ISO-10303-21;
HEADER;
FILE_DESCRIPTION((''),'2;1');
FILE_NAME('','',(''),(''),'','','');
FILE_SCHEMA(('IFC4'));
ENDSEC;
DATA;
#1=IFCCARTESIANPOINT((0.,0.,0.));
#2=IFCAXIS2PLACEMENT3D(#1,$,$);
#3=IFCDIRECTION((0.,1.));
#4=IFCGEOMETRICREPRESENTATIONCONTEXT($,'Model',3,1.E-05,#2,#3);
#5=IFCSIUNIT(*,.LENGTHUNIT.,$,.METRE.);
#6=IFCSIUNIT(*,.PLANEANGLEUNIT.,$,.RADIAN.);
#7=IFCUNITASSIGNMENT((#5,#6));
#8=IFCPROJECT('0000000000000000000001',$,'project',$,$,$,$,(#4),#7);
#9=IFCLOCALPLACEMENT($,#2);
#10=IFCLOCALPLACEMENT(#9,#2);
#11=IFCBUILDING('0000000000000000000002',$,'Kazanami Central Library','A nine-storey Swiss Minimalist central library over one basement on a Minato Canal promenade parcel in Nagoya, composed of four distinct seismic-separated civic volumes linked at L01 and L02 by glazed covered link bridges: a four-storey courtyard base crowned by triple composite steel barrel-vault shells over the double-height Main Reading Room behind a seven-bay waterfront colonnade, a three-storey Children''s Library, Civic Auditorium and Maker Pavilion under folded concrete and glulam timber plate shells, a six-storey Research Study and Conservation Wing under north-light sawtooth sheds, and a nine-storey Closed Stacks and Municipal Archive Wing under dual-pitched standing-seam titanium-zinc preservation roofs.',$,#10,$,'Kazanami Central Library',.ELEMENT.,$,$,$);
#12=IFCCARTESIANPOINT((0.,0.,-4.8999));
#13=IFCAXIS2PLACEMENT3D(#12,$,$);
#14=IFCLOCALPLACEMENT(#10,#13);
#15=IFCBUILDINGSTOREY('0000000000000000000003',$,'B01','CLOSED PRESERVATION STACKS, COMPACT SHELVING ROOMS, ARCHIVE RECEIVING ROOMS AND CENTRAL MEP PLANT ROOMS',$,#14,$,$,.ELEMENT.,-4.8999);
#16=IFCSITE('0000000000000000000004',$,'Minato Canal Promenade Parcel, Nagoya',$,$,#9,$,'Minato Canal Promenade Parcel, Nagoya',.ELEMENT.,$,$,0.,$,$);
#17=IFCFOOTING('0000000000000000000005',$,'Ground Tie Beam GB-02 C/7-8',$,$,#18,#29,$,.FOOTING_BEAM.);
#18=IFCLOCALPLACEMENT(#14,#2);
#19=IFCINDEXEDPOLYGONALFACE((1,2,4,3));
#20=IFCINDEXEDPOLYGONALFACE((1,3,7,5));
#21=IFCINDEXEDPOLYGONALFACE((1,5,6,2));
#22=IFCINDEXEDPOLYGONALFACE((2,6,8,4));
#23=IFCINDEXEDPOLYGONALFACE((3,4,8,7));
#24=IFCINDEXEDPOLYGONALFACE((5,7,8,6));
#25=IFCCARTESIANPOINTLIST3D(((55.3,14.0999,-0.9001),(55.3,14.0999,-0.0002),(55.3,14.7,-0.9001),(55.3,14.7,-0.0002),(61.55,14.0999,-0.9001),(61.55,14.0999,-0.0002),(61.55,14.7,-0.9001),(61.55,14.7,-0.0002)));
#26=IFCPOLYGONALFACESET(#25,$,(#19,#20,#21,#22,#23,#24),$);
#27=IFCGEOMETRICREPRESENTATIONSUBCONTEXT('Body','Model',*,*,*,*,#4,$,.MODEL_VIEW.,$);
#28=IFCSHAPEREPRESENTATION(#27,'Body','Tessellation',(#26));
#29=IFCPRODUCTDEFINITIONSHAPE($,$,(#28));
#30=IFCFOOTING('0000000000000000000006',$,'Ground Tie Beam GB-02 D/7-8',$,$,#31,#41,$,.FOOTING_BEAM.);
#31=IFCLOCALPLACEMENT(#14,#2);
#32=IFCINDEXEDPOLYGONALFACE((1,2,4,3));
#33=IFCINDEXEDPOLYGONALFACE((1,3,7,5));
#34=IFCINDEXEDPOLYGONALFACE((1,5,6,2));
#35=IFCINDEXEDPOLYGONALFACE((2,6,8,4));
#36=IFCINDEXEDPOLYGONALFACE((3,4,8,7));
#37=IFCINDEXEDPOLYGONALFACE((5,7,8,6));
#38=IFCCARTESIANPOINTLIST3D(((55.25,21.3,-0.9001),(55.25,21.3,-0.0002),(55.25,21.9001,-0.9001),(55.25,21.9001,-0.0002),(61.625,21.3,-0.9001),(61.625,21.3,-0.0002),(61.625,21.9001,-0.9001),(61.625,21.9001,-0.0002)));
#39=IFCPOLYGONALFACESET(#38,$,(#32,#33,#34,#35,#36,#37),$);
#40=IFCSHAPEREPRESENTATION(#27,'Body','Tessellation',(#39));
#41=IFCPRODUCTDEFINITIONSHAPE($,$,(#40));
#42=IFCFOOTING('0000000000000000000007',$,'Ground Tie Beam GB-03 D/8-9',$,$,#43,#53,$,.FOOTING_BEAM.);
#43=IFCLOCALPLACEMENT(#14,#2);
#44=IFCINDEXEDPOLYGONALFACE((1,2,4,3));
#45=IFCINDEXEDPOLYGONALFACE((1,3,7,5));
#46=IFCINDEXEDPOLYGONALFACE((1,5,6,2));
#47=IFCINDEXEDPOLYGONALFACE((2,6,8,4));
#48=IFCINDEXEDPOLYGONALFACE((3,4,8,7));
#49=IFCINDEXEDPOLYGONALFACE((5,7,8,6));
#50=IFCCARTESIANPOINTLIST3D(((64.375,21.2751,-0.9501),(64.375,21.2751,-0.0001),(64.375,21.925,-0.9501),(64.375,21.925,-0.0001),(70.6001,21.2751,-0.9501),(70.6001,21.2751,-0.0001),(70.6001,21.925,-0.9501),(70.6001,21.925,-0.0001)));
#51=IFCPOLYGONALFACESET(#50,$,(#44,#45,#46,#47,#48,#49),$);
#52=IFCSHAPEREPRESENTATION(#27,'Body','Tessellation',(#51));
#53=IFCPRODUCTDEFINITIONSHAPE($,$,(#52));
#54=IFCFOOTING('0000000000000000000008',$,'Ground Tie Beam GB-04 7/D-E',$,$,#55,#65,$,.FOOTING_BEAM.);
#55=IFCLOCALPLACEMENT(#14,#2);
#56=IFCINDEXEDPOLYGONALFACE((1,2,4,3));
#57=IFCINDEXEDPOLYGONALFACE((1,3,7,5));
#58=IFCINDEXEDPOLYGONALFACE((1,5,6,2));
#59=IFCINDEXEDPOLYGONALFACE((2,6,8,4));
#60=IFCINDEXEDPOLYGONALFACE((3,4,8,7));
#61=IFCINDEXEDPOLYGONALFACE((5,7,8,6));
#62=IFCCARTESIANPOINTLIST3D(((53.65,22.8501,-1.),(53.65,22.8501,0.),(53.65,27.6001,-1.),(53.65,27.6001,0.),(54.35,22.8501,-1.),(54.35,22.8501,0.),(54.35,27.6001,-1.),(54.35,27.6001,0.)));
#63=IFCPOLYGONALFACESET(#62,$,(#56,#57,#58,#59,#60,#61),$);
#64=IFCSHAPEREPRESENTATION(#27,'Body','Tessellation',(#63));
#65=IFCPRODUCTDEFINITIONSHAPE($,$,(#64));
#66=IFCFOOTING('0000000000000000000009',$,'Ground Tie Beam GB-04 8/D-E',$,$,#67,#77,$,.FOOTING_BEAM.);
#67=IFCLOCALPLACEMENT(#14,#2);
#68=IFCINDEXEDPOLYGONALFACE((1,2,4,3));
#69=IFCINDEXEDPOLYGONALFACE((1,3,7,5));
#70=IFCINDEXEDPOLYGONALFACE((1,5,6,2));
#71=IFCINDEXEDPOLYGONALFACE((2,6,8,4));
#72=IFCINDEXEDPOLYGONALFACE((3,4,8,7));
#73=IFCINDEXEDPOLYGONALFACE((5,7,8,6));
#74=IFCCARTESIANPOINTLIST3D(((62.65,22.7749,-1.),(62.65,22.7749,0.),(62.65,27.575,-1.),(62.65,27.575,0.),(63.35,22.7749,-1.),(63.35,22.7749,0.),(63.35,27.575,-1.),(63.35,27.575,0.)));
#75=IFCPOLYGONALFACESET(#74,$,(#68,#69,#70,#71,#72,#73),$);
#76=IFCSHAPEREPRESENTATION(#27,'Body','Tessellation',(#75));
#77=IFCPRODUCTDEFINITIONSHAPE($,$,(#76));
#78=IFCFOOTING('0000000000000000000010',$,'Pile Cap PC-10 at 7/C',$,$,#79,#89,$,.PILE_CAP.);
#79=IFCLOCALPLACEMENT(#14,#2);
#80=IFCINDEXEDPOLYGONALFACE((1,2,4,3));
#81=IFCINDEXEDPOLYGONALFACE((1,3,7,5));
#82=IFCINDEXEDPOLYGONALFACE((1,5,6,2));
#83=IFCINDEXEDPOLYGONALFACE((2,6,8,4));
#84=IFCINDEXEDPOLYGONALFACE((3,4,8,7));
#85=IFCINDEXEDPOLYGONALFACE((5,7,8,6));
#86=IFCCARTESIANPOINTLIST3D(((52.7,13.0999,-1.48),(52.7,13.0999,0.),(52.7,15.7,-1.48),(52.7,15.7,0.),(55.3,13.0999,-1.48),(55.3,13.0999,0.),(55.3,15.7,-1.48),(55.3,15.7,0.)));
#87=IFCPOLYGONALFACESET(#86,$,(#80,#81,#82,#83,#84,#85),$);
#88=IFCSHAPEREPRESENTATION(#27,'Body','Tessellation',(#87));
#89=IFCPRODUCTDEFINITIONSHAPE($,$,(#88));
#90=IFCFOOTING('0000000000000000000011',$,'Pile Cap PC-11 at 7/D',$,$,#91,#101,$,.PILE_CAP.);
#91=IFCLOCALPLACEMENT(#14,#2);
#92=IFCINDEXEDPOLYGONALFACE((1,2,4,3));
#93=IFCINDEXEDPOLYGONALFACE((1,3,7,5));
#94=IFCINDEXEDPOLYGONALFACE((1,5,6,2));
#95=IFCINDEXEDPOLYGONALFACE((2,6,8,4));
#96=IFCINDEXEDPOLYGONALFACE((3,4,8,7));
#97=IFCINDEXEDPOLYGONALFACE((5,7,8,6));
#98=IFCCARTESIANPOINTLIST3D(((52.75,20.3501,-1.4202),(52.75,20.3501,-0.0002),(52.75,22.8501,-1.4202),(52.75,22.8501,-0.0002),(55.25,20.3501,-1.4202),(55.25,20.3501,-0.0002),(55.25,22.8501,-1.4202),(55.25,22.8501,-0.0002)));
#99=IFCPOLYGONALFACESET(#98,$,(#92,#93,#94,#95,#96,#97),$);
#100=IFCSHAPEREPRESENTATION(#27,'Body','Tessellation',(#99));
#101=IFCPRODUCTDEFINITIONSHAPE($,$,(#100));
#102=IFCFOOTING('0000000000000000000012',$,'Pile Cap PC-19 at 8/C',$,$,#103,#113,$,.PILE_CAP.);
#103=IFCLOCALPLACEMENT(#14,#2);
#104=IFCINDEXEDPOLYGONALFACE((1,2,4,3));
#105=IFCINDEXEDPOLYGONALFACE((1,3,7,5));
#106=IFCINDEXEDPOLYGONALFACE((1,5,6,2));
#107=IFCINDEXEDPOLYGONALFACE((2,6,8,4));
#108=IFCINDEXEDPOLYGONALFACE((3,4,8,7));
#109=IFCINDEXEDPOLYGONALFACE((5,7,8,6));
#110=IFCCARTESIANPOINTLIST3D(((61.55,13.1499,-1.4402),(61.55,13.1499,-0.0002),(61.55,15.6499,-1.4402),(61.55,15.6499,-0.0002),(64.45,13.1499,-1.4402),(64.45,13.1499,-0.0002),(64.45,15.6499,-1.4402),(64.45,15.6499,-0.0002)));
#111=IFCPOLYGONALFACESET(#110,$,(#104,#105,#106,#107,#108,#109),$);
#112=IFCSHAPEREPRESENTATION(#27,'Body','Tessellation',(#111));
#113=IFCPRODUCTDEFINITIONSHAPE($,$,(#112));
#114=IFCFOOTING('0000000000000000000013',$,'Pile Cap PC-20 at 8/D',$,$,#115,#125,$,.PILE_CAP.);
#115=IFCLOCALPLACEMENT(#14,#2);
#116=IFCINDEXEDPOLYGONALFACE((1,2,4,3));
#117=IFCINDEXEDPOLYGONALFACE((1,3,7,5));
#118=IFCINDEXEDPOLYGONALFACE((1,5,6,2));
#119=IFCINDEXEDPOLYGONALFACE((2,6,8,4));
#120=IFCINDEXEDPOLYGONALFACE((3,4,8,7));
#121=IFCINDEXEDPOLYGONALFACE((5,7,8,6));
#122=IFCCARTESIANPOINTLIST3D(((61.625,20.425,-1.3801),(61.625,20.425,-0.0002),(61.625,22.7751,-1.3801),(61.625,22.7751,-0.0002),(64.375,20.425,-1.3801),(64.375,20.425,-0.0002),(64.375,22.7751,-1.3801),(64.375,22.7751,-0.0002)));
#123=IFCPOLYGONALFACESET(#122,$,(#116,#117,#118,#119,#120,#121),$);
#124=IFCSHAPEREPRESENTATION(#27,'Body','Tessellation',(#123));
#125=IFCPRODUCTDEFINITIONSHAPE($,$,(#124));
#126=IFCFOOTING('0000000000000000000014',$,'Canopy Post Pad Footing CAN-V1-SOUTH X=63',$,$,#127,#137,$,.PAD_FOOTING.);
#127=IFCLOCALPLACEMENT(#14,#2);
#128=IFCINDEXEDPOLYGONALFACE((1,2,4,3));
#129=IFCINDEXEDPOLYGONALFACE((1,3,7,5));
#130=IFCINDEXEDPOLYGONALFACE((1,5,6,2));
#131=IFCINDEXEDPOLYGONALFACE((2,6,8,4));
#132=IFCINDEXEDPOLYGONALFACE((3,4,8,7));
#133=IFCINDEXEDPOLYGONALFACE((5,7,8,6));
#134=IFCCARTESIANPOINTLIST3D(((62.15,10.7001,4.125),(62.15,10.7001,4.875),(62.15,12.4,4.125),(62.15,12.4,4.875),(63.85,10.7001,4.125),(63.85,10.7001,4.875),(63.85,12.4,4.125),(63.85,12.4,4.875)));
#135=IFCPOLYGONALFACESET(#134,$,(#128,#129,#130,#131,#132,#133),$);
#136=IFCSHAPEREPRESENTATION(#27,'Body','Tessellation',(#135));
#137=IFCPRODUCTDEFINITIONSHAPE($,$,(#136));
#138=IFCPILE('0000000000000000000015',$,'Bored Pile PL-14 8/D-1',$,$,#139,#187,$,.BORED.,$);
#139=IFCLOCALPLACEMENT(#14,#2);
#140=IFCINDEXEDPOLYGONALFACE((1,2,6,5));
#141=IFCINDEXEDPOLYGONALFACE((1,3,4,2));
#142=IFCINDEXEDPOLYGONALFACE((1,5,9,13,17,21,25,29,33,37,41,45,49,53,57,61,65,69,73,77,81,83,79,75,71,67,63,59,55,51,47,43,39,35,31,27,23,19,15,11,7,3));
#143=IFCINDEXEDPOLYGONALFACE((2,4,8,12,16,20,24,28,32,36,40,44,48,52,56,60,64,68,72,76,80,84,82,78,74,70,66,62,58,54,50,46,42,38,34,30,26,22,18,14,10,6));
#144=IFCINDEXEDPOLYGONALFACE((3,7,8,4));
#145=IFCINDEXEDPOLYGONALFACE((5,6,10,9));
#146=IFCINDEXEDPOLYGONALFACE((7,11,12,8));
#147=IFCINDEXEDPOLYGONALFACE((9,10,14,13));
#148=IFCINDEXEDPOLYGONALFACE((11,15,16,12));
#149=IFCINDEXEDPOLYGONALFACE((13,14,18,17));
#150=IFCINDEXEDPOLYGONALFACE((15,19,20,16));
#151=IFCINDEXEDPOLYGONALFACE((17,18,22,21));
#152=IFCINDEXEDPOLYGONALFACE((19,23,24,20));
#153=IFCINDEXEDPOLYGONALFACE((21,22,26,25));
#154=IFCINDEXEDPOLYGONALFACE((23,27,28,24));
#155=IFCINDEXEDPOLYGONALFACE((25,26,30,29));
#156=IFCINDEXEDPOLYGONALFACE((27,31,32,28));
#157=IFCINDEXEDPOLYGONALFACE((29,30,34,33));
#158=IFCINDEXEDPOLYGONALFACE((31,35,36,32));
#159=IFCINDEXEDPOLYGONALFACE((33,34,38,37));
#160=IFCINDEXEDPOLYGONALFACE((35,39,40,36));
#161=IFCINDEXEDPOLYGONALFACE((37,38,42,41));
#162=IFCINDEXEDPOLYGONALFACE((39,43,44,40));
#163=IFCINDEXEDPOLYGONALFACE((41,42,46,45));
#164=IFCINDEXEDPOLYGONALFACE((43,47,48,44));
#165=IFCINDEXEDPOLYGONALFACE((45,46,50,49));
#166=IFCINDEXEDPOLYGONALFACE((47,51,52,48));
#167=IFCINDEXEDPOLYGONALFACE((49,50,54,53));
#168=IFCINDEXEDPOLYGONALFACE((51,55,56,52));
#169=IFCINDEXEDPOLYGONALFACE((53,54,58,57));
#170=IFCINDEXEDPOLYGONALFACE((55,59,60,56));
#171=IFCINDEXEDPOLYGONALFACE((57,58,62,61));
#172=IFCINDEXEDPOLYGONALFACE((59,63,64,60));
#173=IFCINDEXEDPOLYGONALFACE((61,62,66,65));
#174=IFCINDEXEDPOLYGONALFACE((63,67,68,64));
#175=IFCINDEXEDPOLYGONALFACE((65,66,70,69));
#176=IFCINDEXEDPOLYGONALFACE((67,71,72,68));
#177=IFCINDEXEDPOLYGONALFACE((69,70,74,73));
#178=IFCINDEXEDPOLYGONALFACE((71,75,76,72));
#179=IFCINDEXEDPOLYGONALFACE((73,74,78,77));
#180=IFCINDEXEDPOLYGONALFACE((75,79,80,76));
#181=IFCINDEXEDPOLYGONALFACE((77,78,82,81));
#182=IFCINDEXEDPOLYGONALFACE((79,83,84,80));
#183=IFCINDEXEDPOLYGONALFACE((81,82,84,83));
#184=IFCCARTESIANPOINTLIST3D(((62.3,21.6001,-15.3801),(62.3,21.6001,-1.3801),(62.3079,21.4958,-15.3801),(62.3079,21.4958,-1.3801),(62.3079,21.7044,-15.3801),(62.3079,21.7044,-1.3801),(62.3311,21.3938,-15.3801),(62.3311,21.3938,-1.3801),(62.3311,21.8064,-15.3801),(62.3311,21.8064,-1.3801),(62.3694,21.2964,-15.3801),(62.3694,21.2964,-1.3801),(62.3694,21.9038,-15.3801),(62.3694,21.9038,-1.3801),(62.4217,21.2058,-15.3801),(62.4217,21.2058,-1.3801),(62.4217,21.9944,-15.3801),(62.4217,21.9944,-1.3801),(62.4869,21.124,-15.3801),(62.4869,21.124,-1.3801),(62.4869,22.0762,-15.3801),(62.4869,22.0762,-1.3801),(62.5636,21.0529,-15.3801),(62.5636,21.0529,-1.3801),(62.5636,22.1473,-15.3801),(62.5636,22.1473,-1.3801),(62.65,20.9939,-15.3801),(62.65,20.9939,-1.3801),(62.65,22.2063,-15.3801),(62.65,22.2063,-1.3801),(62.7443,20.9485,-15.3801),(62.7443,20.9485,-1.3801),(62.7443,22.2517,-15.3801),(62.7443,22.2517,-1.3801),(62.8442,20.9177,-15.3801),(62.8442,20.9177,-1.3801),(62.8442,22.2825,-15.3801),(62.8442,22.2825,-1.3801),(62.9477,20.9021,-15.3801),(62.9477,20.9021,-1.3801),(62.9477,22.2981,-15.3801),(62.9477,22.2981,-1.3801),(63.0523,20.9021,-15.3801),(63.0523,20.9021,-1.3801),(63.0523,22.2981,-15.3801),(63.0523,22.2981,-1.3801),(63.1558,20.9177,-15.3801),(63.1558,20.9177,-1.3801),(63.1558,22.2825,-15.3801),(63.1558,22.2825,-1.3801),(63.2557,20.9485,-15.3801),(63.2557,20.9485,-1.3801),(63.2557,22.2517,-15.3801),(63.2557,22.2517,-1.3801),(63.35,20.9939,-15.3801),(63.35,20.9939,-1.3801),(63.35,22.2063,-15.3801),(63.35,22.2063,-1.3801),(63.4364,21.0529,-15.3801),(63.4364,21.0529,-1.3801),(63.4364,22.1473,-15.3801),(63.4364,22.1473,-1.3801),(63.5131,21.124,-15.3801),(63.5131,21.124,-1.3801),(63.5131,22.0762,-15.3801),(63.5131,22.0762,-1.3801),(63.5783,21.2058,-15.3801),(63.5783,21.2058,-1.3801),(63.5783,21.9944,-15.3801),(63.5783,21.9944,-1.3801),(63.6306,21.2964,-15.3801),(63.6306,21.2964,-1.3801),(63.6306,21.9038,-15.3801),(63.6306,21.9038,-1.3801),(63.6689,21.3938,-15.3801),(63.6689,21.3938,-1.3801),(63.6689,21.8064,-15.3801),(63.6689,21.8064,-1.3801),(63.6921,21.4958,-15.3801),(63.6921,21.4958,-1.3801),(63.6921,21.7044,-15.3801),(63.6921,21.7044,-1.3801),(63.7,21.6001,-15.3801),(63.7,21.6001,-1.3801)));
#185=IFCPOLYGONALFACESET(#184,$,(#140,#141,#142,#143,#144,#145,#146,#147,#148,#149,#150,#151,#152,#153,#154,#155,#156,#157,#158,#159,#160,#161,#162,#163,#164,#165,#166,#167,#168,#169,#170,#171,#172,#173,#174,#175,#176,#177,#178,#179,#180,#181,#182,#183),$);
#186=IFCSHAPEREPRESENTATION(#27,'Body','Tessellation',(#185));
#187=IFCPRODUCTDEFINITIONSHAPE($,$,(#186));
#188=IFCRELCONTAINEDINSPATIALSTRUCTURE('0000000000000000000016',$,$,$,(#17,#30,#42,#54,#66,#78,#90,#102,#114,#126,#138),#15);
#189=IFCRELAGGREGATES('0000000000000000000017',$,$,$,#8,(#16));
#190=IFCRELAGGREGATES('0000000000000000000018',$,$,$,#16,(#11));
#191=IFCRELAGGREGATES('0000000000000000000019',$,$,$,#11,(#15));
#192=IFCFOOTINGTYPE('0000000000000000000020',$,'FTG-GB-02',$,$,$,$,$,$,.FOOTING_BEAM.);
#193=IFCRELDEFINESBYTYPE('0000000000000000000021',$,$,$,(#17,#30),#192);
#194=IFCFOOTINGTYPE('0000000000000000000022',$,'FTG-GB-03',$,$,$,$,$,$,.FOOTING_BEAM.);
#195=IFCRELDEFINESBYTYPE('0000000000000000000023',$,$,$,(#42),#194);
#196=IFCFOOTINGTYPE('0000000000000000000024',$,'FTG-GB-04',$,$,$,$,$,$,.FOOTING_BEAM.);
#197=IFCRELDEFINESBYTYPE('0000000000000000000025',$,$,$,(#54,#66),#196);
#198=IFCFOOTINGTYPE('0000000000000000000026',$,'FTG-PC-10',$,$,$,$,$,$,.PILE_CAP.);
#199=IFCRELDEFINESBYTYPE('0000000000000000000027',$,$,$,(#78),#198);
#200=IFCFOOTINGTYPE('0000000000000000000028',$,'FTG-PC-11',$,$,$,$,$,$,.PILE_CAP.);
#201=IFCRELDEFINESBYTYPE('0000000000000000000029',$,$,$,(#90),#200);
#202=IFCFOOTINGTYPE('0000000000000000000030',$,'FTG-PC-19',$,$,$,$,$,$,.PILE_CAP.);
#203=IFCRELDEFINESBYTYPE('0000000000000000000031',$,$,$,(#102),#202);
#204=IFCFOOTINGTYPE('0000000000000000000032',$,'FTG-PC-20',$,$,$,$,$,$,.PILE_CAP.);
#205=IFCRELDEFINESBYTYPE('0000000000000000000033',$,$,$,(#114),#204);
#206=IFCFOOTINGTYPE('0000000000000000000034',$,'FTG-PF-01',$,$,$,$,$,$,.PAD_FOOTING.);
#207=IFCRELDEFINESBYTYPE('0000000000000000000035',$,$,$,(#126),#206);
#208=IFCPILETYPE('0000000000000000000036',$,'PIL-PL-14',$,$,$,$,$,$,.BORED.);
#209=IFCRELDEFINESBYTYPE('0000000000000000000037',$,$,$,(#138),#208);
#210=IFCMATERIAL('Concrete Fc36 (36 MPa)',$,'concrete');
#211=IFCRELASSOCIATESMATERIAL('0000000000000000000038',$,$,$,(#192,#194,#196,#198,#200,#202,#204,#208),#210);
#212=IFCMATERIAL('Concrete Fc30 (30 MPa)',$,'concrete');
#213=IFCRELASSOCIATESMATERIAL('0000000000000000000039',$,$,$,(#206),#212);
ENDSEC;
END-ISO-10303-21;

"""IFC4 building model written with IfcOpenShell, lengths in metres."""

from ifc_helpers import new_model, si_unit, direction, frame, origin, origin_2d, place, context, subcontext, project, spatial, rectangle, circle, extrude, material, material_profile, profile_set, type_object, element, save


model = new_model("IFC4")

# Units and contexts
model_context = context("Model", 3, precision=1e-05, world=origin(), true_north=direction((0.0, 1.0)))
body_context = subcontext(model_context, "Body", "Model", "MODEL_VIEW")
ifc_project = project(units=[si_unit("LENGTHUNIT", "METRE"), si_unit("PLANEANGLEUNIT", "RADIAN")], contexts=[model_context])

# Site, building, storey
site_placement = place(None, origin())
site = spatial("IfcSite", under=ifc_project, at=site_placement, Name="Minato Canal Promenade Parcel, Nagoya", LongName="Minato Canal Promenade Parcel, Nagoya", CompositionType="ELEMENT", RefElevation=0.0)
building_placement = place(site_placement, origin())
building = spatial("IfcBuilding", under=site, at=building_placement, Name="Kazanami Central Library", Description="A nine-storey Swiss Minimalist central library over one basement on a Minato Canal promenade parcel in Nagoya, composed of four distinct seismic-separated civic volumes linked at L01 and L02 by glazed covered link bridges: a four-storey courtyard base crowned by triple composite steel barrel-vault shells over the double-height Main Reading Room behind a seven-bay waterfront colonnade, a three-storey Children's Library, Civic Auditorium and Maker Pavilion under folded concrete and glulam timber plate shells, a six-storey Research Study and Conservation Wing under north-light sawtooth sheds, and a nine-storey Closed Stacks and Municipal Archive Wing under dual-pitched standing-seam titanium-zinc preservation roofs.", LongName="Kazanami Central Library", CompositionType="ELEMENT")
storey_placement = place(building_placement, frame((0.0, 0.0, -4.8999)))
storey = spatial("IfcBuildingStorey", under=building, at=storey_placement, Name="B01", Description="CLOSED PRESERVATION STACKS, COMPACT SHELVING ROOMS, ARCHIVE RECEIVING ROOMS AND CENTRAL MEP PLANT ROOMS", CompositionType="ELEMENT", Elevation=-4.8999)

# Footings
ifc_material_1 = material(Name="Concrete Fc36 (36 MPa)", Category="concrete")
ifc_material_profile_1 = material_profile(ifc_material_1, rectangle(XDim=0.6001, YDim=0.8999, at=origin_2d()), Name="RC-600x900")
ifc_profile_set_1 = profile_set([ifc_material_profile_1], Name="Concrete Fc36 (36 MPa)")
footing_type_1 = type_object("IfcFootingType", Name="FTG-GB-02", PredefinedType="FOOTING_BEAM", material=ifc_profile_set_1)
footing_1_placement = place(storey_placement, frame((55.3, 14.3999, -0.4502), z_axis=(1.0, 0.0, 0.0), x_axis=(0.0, 1.0, 0.0)))
element("IfcFooting", 1, at=footing_1_placement, inside=storey, type_object=footing_type_1, Name="Ground Tie Beam GB-02 C/7-8", PredefinedType="FOOTING_BEAM", context=body_context, shape_type="SweptSolid", body=[
    extrude(rectangle(XDim=0.6001, YDim=0.8999, at=origin_2d()), origin(), (0.0, 0.0, 1.0), 6.25),
])
footing_2_placement = place(storey_placement, frame((55.25, 21.6001, -0.4502), z_axis=(1.0, 0.0, 0.0), x_axis=(0.0, 1.0, 0.0)))
element("IfcFooting", 2, at=footing_2_placement, inside=storey, type_object=footing_type_1, Name="Ground Tie Beam GB-02 D/7-8", PredefinedType="FOOTING_BEAM", context=body_context, shape_type="SweptSolid", body=[
    extrude(rectangle(XDim=0.6001, YDim=0.8999, at=origin_2d()), origin(), (0.0, 0.0, 1.0), 6.375),
])
ifc_material_profile_2 = material_profile(ifc_material_1, rectangle(XDim=0.6499, YDim=0.95, at=origin_2d()), Name="RC-650x950")
ifc_profile_set_2 = profile_set([ifc_material_profile_2], Name="Concrete Fc36 (36 MPa)")
footing_type_2 = type_object("IfcFootingType", Name="FTG-GB-03", PredefinedType="FOOTING_BEAM", material=ifc_profile_set_2)
footing_3_placement = place(storey_placement, frame((64.375, 21.6001, -0.4751), z_axis=(1.0, 0.0, 0.0), x_axis=(0.0, 1.0, 0.0)))
element("IfcFooting", 3, at=footing_3_placement, inside=storey, type_object=footing_type_2, Name="Ground Tie Beam GB-03 D/8-9", PredefinedType="FOOTING_BEAM", context=body_context, shape_type="SweptSolid", body=[
    extrude(rectangle(XDim=0.6499, YDim=0.95, at=origin_2d()), origin(), (0.0, 0.0, 1.0), 6.2251),
])
ifc_material_profile_3 = material_profile(ifc_material_1, rectangle(XDim=0.7, YDim=1.0, at=origin_2d()), Name="RC-700x1000")
ifc_profile_set_3 = profile_set([ifc_material_profile_3], Name="Concrete Fc36 (36 MPa)")
footing_type_3 = type_object("IfcFootingType", Name="FTG-GB-04", PredefinedType="FOOTING_BEAM", material=ifc_profile_set_3)
footing_4_placement = place(storey_placement, frame((54.0, 22.8501, -0.5), z_axis=(0.0, 1.0, 0.0), x_axis=(-1.0, 0.0, 0.0)))
element("IfcFooting", 4, at=footing_4_placement, inside=storey, type_object=footing_type_3, Name="Ground Tie Beam GB-04 7/D-E", PredefinedType="FOOTING_BEAM", context=body_context, shape_type="SweptSolid", body=[
    extrude(rectangle(XDim=0.7, YDim=1.0, at=origin_2d()), origin(), (0.0, 0.0, 1.0), 4.75),
])
footing_5_placement = place(storey_placement, frame((63.0, 22.7749, -0.5), z_axis=(0.0, 1.0, 0.0), x_axis=(-1.0, 0.0, 0.0)))
element("IfcFooting", 5, at=footing_5_placement, inside=storey, type_object=footing_type_3, Name="Ground Tie Beam GB-04 8/D-E", PredefinedType="FOOTING_BEAM", context=body_context, shape_type="SweptSolid", body=[
    extrude(rectangle(XDim=0.7, YDim=1.0, at=origin_2d()), origin(), (0.0, 0.0, 1.0), 4.8),
])
footing_type_4 = type_object("IfcFootingType", Name="FTG-PC-10", PredefinedType="PILE_CAP", material=ifc_material_1)
footing_6_placement = place(storey_placement, frame((54.0, 14.3999, -1.48), z_axis=(0.0, 0.0, 1.0), x_axis=(1.0, 0.0, 0.0)))
element("IfcFooting", 6, at=footing_6_placement, inside=storey, type_object=footing_type_4, Name="Pile Cap PC-10 at 7/C", PredefinedType="PILE_CAP", context=body_context, shape_type="SweptSolid", body=[
    extrude(rectangle(XDim=2.6001, YDim=2.6001, at=origin_2d()), origin(), (0.0, 0.0, 1.0), 1.48),
])
footing_type_5 = type_object("IfcFootingType", Name="FTG-PC-11", PredefinedType="PILE_CAP", material=ifc_material_1)
footing_7_placement = place(storey_placement, frame((54.0, 21.6001, -1.4202), z_axis=(0.0, 0.0, 1.0), x_axis=(1.0, 0.0, 0.0)))
element("IfcFooting", 7, at=footing_7_placement, inside=storey, type_object=footing_type_5, Name="Pile Cap PC-11 at 7/D", PredefinedType="PILE_CAP", context=body_context, shape_type="SweptSolid", body=[
    extrude(rectangle(XDim=2.5, YDim=2.5, at=origin_2d()), origin(), (0.0, 0.0, 1.0), 1.4199),
])
footing_type_6 = type_object("IfcFootingType", Name="FTG-PC-19", PredefinedType="PILE_CAP", material=ifc_material_1)
footing_8_placement = place(storey_placement, frame((63.0, 14.3999, -1.4402), z_axis=(0.0, 0.0, 1.0), x_axis=(1.0, 0.0, 0.0)))
element("IfcFooting", 8, at=footing_8_placement, inside=storey, type_object=footing_type_6, Name="Pile Cap PC-19 at 8/C", PredefinedType="PILE_CAP", context=body_context, shape_type="SweptSolid", body=[
    extrude(rectangle(XDim=2.8999, YDim=2.5, at=origin_2d()), origin(), (0.0, 0.0, 1.0), 1.4399),
])
footing_type_7 = type_object("IfcFootingType", Name="FTG-PC-20", PredefinedType="PILE_CAP", material=ifc_material_1)
footing_9_placement = place(storey_placement, frame((63.0, 21.6001, -1.3801), z_axis=(0.0, 0.0, 1.0), x_axis=(1.0, 0.0, 0.0)))
element("IfcFooting", 9, at=footing_9_placement, inside=storey, type_object=footing_type_7, Name="Pile Cap PC-20 at 8/D", PredefinedType="PILE_CAP", context=body_context, shape_type="SweptSolid", body=[
    extrude(rectangle(XDim=2.75, YDim=2.3501, at=origin_2d()), origin(), (0.0, 0.0, 1.0), 1.3799),
])
ifc_material_2 = material(Name="Concrete Fc30 (30 MPa)", Category="concrete")
footing_type_8 = type_object("IfcFootingType", Name="FTG-PF-01", PredefinedType="PAD_FOOTING", material=ifc_material_2)
footing_10_placement = place(storey_placement, frame((63.0, 11.55, 4.125), z_axis=(0.0, 0.0, 1.0), x_axis=(1.0, 0.0, 0.0)))
element("IfcFooting", 10, at=footing_10_placement, inside=storey, type_object=footing_type_8, Name="Canopy Post Pad Footing CAN-V1-SOUTH X=63", PredefinedType="PAD_FOOTING", context=body_context, shape_type="SweptSolid", body=[
    extrude(rectangle(XDim=1.7, YDim=1.7, at=origin_2d()), origin(), (0.0, 0.0, 1.0), 0.75),
])

# Pile
ifc_material_profile_4 = material_profile(ifc_material_1, circle(Radius=0.7, at=origin_2d()), Name="BORED-D1400")
ifc_profile_set_4 = profile_set([ifc_material_profile_4], Name="Concrete Fc36 (36 MPa)")
pile_type_1 = type_object("IfcPileType", Name="PIL-PL-14", PredefinedType="BORED", material=ifc_profile_set_4)
pile_1_placement = place(storey_placement, frame((63.0, 21.6001, -1.3801), z_axis=(0.0, 0.0, -1.0), x_axis=(1.0, 0.0, 0.0)))
element("IfcPile", 11, at=pile_1_placement, inside=storey, type_object=pile_type_1, Name="Bored Pile PL-14 8/D-1", PredefinedType="BORED", context=body_context, shape_type="SweptSolid", body=[
    extrude(circle(Radius=0.7, at=origin_2d()), origin(), (0.0, 0.0, 1.0), 14.0),
])

save(model, "model.ifc")
